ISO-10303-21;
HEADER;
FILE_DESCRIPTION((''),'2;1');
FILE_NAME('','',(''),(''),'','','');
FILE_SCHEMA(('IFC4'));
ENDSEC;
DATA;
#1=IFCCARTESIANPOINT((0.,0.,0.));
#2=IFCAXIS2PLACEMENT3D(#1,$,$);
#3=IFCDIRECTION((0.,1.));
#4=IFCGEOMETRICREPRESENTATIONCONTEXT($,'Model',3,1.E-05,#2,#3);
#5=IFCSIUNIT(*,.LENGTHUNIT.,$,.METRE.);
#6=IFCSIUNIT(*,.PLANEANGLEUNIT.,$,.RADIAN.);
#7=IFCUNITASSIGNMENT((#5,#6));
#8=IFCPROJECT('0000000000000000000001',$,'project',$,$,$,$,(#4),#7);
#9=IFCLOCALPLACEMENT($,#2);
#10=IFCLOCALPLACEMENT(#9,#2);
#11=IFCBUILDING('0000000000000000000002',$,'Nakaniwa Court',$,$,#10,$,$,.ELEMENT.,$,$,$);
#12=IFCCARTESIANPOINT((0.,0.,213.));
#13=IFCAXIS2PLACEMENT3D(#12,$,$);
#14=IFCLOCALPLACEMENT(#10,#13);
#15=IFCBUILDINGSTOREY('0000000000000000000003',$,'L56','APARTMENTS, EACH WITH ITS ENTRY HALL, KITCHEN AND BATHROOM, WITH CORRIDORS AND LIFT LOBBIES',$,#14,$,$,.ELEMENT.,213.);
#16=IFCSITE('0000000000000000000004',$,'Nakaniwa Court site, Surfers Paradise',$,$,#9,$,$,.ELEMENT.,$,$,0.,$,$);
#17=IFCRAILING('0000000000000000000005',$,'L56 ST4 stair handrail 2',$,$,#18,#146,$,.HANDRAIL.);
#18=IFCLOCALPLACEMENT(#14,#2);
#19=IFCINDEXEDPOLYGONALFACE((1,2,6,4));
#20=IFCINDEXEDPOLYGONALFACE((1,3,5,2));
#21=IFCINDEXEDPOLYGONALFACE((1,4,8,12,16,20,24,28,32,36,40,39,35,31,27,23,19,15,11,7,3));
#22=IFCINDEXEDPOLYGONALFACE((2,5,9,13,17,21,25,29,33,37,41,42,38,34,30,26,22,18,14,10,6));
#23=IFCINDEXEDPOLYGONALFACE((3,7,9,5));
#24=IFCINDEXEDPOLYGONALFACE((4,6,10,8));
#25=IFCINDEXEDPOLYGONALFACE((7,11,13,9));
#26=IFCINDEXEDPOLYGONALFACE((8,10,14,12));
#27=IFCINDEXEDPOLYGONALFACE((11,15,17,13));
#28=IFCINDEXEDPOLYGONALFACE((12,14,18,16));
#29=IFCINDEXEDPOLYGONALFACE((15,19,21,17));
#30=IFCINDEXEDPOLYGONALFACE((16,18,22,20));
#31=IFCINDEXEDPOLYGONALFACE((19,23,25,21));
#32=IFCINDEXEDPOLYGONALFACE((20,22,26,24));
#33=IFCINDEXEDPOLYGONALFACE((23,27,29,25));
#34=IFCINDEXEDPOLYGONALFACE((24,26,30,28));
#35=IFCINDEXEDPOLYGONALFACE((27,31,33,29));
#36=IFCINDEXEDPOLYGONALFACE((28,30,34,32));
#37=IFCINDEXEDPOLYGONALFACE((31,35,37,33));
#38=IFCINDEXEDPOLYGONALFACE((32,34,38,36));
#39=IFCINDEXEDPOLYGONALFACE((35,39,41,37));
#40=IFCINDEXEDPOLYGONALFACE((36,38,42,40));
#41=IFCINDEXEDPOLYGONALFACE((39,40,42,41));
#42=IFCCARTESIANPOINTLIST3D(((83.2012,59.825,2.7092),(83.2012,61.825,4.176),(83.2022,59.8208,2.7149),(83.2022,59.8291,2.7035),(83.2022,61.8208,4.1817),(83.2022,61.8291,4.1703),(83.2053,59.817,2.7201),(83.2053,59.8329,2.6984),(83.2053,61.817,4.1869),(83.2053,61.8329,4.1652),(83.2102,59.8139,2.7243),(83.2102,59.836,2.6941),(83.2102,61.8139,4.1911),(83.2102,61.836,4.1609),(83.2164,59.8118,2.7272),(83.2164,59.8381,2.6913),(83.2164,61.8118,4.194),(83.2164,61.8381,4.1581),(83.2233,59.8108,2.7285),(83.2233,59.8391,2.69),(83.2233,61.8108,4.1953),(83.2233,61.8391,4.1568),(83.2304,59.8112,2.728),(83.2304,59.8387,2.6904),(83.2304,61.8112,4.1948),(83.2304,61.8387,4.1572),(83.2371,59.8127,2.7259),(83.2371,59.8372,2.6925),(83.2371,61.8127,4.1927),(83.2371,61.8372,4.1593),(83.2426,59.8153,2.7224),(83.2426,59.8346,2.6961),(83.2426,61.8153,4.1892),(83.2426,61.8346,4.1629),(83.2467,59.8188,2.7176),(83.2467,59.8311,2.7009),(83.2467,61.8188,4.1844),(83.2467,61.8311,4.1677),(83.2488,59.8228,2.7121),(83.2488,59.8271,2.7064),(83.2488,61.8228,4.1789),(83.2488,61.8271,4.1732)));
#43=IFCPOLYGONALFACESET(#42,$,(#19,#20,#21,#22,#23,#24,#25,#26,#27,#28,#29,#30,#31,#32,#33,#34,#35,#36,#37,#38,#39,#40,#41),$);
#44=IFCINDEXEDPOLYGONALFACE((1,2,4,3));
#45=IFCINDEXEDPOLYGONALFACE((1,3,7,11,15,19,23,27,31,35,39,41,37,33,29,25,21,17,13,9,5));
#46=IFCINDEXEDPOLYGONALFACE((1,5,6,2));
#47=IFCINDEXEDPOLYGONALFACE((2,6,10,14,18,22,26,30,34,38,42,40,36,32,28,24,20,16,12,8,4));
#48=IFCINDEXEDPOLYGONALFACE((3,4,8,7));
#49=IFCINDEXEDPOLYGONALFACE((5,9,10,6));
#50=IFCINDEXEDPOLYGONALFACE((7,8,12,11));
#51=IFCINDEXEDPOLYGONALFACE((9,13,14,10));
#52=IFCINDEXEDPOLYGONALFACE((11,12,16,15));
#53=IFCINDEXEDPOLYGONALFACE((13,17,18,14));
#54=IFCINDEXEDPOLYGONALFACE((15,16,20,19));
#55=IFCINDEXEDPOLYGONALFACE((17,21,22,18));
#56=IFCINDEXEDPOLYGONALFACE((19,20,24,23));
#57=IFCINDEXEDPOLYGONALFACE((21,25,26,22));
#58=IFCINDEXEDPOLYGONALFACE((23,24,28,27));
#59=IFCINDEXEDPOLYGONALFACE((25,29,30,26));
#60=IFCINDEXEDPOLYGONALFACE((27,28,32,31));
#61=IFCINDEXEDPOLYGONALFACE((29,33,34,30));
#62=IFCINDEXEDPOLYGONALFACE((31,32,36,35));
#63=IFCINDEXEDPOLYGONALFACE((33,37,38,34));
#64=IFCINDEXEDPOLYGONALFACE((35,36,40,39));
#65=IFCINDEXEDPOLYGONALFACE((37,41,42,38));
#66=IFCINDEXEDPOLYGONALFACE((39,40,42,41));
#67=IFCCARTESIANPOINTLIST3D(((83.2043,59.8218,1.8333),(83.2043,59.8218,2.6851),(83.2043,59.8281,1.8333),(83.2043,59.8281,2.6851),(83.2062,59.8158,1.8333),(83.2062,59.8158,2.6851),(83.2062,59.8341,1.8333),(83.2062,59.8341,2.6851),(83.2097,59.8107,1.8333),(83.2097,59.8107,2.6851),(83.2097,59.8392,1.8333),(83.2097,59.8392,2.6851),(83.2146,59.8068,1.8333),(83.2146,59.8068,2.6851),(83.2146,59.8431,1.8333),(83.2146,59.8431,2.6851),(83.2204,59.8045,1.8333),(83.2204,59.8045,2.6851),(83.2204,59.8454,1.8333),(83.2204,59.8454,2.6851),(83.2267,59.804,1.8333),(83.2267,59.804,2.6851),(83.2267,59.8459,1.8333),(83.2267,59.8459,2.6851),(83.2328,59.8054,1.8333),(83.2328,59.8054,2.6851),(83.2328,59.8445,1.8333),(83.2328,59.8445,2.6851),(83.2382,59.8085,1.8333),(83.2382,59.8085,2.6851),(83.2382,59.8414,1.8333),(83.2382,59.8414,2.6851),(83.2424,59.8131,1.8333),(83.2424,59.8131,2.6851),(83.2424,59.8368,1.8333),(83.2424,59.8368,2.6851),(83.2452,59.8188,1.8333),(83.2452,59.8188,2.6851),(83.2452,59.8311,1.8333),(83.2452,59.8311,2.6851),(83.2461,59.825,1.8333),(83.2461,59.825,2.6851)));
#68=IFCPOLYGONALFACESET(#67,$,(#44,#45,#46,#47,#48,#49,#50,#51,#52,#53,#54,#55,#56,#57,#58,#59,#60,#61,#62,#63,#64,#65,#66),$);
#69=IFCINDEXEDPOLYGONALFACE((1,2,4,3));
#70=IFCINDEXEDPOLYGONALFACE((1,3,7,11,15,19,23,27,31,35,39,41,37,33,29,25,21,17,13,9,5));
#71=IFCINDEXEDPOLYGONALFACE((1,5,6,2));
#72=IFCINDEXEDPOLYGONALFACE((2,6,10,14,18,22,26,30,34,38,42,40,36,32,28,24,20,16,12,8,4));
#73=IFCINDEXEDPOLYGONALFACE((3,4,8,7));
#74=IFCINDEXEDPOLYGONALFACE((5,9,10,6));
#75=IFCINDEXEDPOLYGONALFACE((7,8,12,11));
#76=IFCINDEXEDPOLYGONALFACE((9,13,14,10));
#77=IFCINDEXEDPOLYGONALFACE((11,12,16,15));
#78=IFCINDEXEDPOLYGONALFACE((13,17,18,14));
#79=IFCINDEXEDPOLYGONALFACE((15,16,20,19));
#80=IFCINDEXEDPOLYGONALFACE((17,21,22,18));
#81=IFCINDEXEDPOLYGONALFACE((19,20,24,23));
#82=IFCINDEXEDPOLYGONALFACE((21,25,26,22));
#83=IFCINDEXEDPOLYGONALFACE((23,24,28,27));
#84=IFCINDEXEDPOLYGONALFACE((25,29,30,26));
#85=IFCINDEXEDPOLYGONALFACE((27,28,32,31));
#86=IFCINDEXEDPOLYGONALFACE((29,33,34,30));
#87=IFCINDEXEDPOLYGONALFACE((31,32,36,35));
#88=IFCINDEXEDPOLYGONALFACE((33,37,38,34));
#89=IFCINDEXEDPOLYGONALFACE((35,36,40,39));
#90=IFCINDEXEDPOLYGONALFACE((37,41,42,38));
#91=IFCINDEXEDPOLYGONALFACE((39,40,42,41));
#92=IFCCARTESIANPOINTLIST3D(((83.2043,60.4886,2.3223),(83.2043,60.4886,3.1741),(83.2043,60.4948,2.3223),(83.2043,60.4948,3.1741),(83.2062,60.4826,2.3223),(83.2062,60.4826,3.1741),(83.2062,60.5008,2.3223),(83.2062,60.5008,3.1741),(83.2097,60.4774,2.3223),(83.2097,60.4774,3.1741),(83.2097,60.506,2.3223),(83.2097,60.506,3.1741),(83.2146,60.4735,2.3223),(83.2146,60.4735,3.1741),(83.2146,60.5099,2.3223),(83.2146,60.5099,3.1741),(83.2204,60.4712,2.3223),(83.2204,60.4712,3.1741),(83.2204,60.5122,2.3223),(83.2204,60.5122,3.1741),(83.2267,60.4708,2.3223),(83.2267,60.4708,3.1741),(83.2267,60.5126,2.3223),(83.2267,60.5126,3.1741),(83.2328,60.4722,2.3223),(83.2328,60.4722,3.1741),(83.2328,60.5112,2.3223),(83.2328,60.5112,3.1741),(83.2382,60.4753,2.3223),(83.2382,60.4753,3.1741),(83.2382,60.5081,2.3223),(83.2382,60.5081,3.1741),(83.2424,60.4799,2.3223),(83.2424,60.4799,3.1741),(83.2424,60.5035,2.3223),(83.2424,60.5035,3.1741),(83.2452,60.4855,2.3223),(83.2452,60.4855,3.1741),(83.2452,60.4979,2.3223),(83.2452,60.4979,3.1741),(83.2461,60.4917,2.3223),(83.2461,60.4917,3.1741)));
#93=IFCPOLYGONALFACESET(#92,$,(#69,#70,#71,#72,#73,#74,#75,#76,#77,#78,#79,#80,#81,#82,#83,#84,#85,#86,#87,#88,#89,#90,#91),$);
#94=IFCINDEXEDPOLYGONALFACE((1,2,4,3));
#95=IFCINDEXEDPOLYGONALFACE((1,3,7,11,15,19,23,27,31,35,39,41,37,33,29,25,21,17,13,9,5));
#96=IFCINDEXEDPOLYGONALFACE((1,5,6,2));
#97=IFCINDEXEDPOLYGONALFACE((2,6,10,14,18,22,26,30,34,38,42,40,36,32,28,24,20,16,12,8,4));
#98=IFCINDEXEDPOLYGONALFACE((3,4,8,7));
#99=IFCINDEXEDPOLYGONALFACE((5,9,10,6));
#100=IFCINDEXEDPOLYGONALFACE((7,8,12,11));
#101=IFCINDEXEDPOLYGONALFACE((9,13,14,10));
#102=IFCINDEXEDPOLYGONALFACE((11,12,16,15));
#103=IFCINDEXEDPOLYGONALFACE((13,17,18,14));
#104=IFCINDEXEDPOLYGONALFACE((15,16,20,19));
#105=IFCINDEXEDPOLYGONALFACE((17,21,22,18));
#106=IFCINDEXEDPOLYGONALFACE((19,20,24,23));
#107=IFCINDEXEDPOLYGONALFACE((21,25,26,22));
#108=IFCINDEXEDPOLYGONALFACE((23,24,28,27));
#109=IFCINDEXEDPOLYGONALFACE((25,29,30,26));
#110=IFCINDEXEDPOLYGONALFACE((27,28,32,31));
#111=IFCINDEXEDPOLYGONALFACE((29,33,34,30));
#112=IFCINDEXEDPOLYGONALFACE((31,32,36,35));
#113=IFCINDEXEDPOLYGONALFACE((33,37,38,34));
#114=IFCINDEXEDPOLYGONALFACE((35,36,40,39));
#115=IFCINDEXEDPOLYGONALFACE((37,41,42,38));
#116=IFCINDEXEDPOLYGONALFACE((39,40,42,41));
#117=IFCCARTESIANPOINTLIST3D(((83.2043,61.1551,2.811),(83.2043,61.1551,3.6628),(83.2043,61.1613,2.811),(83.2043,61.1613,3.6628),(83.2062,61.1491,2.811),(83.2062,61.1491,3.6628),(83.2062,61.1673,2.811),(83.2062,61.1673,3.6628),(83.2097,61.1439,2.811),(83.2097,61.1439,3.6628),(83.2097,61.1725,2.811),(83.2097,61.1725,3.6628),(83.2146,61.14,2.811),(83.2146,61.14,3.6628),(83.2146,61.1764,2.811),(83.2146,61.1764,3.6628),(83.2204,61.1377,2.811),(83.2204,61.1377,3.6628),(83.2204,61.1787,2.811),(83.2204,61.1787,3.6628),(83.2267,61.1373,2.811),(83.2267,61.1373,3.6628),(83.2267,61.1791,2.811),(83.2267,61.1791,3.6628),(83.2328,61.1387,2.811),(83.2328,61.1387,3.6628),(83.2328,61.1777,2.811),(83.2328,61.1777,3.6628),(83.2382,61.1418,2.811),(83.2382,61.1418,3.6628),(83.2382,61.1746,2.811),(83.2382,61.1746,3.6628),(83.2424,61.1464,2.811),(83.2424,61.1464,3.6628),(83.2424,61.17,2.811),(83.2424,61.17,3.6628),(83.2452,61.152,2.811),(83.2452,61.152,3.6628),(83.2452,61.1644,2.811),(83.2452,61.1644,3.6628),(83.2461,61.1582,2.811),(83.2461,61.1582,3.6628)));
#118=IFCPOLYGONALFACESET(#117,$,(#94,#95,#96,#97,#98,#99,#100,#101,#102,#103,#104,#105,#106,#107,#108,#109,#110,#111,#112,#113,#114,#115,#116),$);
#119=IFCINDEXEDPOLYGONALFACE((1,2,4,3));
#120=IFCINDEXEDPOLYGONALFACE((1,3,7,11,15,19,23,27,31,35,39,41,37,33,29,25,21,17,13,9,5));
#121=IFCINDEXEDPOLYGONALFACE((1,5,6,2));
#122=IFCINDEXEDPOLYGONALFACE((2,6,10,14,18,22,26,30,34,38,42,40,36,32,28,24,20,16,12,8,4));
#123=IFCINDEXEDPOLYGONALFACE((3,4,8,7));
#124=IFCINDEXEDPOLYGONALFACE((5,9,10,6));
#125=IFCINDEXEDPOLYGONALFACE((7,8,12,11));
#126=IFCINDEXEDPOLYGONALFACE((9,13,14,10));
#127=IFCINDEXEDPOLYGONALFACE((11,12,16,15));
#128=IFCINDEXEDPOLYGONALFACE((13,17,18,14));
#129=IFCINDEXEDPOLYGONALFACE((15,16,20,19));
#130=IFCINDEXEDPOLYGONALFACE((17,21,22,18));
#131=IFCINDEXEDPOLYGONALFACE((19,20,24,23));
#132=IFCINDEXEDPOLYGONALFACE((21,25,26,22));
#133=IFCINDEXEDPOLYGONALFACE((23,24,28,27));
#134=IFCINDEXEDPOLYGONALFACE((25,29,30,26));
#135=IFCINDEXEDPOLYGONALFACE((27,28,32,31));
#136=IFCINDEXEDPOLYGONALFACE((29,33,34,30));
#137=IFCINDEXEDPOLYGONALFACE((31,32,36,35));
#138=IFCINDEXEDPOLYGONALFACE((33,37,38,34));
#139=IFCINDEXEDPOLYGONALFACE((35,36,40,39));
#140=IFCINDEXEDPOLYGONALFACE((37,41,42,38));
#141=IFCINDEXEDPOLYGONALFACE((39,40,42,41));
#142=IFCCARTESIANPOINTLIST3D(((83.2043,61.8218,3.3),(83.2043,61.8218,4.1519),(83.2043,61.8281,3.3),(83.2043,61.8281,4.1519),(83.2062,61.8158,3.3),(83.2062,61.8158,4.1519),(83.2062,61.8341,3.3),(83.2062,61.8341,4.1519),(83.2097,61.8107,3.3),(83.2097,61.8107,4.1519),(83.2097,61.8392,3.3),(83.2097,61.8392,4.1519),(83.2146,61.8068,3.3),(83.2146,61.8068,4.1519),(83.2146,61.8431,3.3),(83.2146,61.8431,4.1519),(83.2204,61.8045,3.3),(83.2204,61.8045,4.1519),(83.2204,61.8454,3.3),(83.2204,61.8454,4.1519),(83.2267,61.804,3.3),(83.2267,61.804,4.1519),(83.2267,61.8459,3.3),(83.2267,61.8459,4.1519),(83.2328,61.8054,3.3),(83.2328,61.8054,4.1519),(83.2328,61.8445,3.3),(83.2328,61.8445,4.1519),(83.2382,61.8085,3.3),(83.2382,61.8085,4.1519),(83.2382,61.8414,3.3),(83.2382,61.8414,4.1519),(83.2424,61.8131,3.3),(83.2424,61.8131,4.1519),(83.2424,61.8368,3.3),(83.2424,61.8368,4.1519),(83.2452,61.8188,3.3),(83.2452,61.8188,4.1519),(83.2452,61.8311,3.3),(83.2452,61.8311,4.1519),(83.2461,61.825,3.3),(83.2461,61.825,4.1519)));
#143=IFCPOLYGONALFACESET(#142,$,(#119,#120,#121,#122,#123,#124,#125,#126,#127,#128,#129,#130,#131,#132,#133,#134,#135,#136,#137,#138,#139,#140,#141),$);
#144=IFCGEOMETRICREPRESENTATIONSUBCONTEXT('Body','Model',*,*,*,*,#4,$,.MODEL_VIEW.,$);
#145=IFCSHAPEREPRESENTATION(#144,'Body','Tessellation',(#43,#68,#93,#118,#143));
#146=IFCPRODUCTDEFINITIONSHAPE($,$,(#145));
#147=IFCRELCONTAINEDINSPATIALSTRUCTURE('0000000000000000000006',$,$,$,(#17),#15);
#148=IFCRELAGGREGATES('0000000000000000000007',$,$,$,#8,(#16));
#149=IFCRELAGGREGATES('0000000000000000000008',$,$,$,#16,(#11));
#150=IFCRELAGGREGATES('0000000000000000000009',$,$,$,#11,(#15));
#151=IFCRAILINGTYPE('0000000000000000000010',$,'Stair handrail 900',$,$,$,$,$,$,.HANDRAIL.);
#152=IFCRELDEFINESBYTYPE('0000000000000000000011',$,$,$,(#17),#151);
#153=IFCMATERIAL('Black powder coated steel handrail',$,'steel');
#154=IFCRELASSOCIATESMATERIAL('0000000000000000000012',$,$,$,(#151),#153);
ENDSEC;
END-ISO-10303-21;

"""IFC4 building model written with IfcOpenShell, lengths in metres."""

from ifc_helpers import new_model, si_unit, direction, frame, origin, origin_2d, place, context, subcontext, project, spatial, circle, extrude, material, type_object, element, save


model = new_model("IFC4")

# Units and contexts
model_context = context("Model", 3, precision=1e-05, world=origin(), true_north=direction((0.0, 1.0)))
body_context = subcontext(model_context, "Body", "Model", "MODEL_VIEW")
ifc_project = project(units=[si_unit("LENGTHUNIT", "METRE"), si_unit("PLANEANGLEUNIT", "RADIAN")], contexts=[model_context])

# Site, building, storey
site_placement = place(None, origin())
site = spatial("IfcSite", under=ifc_project, at=site_placement, Name="Nakaniwa Court site, Surfers Paradise", CompositionType="ELEMENT", RefElevation=0.0)
building_placement = place(site_placement, origin())
building = spatial("IfcBuilding", under=site, at=building_placement, Name="Nakaniwa Court", CompositionType="ELEMENT")
storey_placement = place(building_placement, frame((0.0, 0.0, 213.0)))
storey = spatial("IfcBuildingStorey", under=building, at=storey_placement, Name="L56", Description="APARTMENTS, EACH WITH ITS ENTRY HALL, KITCHEN AND BATHROOM, WITH CORRIDORS AND LIFT LOBBIES", CompositionType="ELEMENT", Elevation=213.0)

# Railing
ifc_material_1 = material(Name="Black powder coated steel handrail", Category="steel")
railing_type_1 = type_object("IfcRailingType", Name="Stair handrail 900", PredefinedType="HANDRAIL", material=ifc_material_1)
railing_1_placement = place(storey_placement, frame((83.2251, 59.825, 1.8333)))
element("IfcRailing", 1, at=railing_1_placement, inside=storey, type_object=railing_type_1, Name="L56 ST4 stair handrail 2", PredefinedType="HANDRAIL", context=body_context, shape_type="SweptSolid", body=[
    extrude(circle(Radius=0.0239, at=origin_2d()), frame((0.0, 0.0, 0.876), z_axis=(0.0, 0.80638, 0.591398), x_axis=(-1.0, 0.0, 0.0)), (0.0, 0.0, 1.0), 2.4802),
    extrude(circle(Radius=0.021, at=origin_2d()), origin(), (0.0, 0.0, 1.0), 0.8518),
    extrude(circle(Radius=0.021, at=origin_2d()), frame((0.0, 0.6667, 0.489)), (0.0, 0.0, 1.0), 0.8518),
    extrude(circle(Radius=0.021, at=origin_2d()), frame((0.0, 1.3333, 0.9778)), (0.0, 0.0, 1.0), 0.8518),
    extrude(circle(Radius=0.021, at=origin_2d()), frame((0.0, 2.0, 1.4668)), (0.0, 0.0, 1.0), 0.8518),
])

save(model, "model.ifc")
